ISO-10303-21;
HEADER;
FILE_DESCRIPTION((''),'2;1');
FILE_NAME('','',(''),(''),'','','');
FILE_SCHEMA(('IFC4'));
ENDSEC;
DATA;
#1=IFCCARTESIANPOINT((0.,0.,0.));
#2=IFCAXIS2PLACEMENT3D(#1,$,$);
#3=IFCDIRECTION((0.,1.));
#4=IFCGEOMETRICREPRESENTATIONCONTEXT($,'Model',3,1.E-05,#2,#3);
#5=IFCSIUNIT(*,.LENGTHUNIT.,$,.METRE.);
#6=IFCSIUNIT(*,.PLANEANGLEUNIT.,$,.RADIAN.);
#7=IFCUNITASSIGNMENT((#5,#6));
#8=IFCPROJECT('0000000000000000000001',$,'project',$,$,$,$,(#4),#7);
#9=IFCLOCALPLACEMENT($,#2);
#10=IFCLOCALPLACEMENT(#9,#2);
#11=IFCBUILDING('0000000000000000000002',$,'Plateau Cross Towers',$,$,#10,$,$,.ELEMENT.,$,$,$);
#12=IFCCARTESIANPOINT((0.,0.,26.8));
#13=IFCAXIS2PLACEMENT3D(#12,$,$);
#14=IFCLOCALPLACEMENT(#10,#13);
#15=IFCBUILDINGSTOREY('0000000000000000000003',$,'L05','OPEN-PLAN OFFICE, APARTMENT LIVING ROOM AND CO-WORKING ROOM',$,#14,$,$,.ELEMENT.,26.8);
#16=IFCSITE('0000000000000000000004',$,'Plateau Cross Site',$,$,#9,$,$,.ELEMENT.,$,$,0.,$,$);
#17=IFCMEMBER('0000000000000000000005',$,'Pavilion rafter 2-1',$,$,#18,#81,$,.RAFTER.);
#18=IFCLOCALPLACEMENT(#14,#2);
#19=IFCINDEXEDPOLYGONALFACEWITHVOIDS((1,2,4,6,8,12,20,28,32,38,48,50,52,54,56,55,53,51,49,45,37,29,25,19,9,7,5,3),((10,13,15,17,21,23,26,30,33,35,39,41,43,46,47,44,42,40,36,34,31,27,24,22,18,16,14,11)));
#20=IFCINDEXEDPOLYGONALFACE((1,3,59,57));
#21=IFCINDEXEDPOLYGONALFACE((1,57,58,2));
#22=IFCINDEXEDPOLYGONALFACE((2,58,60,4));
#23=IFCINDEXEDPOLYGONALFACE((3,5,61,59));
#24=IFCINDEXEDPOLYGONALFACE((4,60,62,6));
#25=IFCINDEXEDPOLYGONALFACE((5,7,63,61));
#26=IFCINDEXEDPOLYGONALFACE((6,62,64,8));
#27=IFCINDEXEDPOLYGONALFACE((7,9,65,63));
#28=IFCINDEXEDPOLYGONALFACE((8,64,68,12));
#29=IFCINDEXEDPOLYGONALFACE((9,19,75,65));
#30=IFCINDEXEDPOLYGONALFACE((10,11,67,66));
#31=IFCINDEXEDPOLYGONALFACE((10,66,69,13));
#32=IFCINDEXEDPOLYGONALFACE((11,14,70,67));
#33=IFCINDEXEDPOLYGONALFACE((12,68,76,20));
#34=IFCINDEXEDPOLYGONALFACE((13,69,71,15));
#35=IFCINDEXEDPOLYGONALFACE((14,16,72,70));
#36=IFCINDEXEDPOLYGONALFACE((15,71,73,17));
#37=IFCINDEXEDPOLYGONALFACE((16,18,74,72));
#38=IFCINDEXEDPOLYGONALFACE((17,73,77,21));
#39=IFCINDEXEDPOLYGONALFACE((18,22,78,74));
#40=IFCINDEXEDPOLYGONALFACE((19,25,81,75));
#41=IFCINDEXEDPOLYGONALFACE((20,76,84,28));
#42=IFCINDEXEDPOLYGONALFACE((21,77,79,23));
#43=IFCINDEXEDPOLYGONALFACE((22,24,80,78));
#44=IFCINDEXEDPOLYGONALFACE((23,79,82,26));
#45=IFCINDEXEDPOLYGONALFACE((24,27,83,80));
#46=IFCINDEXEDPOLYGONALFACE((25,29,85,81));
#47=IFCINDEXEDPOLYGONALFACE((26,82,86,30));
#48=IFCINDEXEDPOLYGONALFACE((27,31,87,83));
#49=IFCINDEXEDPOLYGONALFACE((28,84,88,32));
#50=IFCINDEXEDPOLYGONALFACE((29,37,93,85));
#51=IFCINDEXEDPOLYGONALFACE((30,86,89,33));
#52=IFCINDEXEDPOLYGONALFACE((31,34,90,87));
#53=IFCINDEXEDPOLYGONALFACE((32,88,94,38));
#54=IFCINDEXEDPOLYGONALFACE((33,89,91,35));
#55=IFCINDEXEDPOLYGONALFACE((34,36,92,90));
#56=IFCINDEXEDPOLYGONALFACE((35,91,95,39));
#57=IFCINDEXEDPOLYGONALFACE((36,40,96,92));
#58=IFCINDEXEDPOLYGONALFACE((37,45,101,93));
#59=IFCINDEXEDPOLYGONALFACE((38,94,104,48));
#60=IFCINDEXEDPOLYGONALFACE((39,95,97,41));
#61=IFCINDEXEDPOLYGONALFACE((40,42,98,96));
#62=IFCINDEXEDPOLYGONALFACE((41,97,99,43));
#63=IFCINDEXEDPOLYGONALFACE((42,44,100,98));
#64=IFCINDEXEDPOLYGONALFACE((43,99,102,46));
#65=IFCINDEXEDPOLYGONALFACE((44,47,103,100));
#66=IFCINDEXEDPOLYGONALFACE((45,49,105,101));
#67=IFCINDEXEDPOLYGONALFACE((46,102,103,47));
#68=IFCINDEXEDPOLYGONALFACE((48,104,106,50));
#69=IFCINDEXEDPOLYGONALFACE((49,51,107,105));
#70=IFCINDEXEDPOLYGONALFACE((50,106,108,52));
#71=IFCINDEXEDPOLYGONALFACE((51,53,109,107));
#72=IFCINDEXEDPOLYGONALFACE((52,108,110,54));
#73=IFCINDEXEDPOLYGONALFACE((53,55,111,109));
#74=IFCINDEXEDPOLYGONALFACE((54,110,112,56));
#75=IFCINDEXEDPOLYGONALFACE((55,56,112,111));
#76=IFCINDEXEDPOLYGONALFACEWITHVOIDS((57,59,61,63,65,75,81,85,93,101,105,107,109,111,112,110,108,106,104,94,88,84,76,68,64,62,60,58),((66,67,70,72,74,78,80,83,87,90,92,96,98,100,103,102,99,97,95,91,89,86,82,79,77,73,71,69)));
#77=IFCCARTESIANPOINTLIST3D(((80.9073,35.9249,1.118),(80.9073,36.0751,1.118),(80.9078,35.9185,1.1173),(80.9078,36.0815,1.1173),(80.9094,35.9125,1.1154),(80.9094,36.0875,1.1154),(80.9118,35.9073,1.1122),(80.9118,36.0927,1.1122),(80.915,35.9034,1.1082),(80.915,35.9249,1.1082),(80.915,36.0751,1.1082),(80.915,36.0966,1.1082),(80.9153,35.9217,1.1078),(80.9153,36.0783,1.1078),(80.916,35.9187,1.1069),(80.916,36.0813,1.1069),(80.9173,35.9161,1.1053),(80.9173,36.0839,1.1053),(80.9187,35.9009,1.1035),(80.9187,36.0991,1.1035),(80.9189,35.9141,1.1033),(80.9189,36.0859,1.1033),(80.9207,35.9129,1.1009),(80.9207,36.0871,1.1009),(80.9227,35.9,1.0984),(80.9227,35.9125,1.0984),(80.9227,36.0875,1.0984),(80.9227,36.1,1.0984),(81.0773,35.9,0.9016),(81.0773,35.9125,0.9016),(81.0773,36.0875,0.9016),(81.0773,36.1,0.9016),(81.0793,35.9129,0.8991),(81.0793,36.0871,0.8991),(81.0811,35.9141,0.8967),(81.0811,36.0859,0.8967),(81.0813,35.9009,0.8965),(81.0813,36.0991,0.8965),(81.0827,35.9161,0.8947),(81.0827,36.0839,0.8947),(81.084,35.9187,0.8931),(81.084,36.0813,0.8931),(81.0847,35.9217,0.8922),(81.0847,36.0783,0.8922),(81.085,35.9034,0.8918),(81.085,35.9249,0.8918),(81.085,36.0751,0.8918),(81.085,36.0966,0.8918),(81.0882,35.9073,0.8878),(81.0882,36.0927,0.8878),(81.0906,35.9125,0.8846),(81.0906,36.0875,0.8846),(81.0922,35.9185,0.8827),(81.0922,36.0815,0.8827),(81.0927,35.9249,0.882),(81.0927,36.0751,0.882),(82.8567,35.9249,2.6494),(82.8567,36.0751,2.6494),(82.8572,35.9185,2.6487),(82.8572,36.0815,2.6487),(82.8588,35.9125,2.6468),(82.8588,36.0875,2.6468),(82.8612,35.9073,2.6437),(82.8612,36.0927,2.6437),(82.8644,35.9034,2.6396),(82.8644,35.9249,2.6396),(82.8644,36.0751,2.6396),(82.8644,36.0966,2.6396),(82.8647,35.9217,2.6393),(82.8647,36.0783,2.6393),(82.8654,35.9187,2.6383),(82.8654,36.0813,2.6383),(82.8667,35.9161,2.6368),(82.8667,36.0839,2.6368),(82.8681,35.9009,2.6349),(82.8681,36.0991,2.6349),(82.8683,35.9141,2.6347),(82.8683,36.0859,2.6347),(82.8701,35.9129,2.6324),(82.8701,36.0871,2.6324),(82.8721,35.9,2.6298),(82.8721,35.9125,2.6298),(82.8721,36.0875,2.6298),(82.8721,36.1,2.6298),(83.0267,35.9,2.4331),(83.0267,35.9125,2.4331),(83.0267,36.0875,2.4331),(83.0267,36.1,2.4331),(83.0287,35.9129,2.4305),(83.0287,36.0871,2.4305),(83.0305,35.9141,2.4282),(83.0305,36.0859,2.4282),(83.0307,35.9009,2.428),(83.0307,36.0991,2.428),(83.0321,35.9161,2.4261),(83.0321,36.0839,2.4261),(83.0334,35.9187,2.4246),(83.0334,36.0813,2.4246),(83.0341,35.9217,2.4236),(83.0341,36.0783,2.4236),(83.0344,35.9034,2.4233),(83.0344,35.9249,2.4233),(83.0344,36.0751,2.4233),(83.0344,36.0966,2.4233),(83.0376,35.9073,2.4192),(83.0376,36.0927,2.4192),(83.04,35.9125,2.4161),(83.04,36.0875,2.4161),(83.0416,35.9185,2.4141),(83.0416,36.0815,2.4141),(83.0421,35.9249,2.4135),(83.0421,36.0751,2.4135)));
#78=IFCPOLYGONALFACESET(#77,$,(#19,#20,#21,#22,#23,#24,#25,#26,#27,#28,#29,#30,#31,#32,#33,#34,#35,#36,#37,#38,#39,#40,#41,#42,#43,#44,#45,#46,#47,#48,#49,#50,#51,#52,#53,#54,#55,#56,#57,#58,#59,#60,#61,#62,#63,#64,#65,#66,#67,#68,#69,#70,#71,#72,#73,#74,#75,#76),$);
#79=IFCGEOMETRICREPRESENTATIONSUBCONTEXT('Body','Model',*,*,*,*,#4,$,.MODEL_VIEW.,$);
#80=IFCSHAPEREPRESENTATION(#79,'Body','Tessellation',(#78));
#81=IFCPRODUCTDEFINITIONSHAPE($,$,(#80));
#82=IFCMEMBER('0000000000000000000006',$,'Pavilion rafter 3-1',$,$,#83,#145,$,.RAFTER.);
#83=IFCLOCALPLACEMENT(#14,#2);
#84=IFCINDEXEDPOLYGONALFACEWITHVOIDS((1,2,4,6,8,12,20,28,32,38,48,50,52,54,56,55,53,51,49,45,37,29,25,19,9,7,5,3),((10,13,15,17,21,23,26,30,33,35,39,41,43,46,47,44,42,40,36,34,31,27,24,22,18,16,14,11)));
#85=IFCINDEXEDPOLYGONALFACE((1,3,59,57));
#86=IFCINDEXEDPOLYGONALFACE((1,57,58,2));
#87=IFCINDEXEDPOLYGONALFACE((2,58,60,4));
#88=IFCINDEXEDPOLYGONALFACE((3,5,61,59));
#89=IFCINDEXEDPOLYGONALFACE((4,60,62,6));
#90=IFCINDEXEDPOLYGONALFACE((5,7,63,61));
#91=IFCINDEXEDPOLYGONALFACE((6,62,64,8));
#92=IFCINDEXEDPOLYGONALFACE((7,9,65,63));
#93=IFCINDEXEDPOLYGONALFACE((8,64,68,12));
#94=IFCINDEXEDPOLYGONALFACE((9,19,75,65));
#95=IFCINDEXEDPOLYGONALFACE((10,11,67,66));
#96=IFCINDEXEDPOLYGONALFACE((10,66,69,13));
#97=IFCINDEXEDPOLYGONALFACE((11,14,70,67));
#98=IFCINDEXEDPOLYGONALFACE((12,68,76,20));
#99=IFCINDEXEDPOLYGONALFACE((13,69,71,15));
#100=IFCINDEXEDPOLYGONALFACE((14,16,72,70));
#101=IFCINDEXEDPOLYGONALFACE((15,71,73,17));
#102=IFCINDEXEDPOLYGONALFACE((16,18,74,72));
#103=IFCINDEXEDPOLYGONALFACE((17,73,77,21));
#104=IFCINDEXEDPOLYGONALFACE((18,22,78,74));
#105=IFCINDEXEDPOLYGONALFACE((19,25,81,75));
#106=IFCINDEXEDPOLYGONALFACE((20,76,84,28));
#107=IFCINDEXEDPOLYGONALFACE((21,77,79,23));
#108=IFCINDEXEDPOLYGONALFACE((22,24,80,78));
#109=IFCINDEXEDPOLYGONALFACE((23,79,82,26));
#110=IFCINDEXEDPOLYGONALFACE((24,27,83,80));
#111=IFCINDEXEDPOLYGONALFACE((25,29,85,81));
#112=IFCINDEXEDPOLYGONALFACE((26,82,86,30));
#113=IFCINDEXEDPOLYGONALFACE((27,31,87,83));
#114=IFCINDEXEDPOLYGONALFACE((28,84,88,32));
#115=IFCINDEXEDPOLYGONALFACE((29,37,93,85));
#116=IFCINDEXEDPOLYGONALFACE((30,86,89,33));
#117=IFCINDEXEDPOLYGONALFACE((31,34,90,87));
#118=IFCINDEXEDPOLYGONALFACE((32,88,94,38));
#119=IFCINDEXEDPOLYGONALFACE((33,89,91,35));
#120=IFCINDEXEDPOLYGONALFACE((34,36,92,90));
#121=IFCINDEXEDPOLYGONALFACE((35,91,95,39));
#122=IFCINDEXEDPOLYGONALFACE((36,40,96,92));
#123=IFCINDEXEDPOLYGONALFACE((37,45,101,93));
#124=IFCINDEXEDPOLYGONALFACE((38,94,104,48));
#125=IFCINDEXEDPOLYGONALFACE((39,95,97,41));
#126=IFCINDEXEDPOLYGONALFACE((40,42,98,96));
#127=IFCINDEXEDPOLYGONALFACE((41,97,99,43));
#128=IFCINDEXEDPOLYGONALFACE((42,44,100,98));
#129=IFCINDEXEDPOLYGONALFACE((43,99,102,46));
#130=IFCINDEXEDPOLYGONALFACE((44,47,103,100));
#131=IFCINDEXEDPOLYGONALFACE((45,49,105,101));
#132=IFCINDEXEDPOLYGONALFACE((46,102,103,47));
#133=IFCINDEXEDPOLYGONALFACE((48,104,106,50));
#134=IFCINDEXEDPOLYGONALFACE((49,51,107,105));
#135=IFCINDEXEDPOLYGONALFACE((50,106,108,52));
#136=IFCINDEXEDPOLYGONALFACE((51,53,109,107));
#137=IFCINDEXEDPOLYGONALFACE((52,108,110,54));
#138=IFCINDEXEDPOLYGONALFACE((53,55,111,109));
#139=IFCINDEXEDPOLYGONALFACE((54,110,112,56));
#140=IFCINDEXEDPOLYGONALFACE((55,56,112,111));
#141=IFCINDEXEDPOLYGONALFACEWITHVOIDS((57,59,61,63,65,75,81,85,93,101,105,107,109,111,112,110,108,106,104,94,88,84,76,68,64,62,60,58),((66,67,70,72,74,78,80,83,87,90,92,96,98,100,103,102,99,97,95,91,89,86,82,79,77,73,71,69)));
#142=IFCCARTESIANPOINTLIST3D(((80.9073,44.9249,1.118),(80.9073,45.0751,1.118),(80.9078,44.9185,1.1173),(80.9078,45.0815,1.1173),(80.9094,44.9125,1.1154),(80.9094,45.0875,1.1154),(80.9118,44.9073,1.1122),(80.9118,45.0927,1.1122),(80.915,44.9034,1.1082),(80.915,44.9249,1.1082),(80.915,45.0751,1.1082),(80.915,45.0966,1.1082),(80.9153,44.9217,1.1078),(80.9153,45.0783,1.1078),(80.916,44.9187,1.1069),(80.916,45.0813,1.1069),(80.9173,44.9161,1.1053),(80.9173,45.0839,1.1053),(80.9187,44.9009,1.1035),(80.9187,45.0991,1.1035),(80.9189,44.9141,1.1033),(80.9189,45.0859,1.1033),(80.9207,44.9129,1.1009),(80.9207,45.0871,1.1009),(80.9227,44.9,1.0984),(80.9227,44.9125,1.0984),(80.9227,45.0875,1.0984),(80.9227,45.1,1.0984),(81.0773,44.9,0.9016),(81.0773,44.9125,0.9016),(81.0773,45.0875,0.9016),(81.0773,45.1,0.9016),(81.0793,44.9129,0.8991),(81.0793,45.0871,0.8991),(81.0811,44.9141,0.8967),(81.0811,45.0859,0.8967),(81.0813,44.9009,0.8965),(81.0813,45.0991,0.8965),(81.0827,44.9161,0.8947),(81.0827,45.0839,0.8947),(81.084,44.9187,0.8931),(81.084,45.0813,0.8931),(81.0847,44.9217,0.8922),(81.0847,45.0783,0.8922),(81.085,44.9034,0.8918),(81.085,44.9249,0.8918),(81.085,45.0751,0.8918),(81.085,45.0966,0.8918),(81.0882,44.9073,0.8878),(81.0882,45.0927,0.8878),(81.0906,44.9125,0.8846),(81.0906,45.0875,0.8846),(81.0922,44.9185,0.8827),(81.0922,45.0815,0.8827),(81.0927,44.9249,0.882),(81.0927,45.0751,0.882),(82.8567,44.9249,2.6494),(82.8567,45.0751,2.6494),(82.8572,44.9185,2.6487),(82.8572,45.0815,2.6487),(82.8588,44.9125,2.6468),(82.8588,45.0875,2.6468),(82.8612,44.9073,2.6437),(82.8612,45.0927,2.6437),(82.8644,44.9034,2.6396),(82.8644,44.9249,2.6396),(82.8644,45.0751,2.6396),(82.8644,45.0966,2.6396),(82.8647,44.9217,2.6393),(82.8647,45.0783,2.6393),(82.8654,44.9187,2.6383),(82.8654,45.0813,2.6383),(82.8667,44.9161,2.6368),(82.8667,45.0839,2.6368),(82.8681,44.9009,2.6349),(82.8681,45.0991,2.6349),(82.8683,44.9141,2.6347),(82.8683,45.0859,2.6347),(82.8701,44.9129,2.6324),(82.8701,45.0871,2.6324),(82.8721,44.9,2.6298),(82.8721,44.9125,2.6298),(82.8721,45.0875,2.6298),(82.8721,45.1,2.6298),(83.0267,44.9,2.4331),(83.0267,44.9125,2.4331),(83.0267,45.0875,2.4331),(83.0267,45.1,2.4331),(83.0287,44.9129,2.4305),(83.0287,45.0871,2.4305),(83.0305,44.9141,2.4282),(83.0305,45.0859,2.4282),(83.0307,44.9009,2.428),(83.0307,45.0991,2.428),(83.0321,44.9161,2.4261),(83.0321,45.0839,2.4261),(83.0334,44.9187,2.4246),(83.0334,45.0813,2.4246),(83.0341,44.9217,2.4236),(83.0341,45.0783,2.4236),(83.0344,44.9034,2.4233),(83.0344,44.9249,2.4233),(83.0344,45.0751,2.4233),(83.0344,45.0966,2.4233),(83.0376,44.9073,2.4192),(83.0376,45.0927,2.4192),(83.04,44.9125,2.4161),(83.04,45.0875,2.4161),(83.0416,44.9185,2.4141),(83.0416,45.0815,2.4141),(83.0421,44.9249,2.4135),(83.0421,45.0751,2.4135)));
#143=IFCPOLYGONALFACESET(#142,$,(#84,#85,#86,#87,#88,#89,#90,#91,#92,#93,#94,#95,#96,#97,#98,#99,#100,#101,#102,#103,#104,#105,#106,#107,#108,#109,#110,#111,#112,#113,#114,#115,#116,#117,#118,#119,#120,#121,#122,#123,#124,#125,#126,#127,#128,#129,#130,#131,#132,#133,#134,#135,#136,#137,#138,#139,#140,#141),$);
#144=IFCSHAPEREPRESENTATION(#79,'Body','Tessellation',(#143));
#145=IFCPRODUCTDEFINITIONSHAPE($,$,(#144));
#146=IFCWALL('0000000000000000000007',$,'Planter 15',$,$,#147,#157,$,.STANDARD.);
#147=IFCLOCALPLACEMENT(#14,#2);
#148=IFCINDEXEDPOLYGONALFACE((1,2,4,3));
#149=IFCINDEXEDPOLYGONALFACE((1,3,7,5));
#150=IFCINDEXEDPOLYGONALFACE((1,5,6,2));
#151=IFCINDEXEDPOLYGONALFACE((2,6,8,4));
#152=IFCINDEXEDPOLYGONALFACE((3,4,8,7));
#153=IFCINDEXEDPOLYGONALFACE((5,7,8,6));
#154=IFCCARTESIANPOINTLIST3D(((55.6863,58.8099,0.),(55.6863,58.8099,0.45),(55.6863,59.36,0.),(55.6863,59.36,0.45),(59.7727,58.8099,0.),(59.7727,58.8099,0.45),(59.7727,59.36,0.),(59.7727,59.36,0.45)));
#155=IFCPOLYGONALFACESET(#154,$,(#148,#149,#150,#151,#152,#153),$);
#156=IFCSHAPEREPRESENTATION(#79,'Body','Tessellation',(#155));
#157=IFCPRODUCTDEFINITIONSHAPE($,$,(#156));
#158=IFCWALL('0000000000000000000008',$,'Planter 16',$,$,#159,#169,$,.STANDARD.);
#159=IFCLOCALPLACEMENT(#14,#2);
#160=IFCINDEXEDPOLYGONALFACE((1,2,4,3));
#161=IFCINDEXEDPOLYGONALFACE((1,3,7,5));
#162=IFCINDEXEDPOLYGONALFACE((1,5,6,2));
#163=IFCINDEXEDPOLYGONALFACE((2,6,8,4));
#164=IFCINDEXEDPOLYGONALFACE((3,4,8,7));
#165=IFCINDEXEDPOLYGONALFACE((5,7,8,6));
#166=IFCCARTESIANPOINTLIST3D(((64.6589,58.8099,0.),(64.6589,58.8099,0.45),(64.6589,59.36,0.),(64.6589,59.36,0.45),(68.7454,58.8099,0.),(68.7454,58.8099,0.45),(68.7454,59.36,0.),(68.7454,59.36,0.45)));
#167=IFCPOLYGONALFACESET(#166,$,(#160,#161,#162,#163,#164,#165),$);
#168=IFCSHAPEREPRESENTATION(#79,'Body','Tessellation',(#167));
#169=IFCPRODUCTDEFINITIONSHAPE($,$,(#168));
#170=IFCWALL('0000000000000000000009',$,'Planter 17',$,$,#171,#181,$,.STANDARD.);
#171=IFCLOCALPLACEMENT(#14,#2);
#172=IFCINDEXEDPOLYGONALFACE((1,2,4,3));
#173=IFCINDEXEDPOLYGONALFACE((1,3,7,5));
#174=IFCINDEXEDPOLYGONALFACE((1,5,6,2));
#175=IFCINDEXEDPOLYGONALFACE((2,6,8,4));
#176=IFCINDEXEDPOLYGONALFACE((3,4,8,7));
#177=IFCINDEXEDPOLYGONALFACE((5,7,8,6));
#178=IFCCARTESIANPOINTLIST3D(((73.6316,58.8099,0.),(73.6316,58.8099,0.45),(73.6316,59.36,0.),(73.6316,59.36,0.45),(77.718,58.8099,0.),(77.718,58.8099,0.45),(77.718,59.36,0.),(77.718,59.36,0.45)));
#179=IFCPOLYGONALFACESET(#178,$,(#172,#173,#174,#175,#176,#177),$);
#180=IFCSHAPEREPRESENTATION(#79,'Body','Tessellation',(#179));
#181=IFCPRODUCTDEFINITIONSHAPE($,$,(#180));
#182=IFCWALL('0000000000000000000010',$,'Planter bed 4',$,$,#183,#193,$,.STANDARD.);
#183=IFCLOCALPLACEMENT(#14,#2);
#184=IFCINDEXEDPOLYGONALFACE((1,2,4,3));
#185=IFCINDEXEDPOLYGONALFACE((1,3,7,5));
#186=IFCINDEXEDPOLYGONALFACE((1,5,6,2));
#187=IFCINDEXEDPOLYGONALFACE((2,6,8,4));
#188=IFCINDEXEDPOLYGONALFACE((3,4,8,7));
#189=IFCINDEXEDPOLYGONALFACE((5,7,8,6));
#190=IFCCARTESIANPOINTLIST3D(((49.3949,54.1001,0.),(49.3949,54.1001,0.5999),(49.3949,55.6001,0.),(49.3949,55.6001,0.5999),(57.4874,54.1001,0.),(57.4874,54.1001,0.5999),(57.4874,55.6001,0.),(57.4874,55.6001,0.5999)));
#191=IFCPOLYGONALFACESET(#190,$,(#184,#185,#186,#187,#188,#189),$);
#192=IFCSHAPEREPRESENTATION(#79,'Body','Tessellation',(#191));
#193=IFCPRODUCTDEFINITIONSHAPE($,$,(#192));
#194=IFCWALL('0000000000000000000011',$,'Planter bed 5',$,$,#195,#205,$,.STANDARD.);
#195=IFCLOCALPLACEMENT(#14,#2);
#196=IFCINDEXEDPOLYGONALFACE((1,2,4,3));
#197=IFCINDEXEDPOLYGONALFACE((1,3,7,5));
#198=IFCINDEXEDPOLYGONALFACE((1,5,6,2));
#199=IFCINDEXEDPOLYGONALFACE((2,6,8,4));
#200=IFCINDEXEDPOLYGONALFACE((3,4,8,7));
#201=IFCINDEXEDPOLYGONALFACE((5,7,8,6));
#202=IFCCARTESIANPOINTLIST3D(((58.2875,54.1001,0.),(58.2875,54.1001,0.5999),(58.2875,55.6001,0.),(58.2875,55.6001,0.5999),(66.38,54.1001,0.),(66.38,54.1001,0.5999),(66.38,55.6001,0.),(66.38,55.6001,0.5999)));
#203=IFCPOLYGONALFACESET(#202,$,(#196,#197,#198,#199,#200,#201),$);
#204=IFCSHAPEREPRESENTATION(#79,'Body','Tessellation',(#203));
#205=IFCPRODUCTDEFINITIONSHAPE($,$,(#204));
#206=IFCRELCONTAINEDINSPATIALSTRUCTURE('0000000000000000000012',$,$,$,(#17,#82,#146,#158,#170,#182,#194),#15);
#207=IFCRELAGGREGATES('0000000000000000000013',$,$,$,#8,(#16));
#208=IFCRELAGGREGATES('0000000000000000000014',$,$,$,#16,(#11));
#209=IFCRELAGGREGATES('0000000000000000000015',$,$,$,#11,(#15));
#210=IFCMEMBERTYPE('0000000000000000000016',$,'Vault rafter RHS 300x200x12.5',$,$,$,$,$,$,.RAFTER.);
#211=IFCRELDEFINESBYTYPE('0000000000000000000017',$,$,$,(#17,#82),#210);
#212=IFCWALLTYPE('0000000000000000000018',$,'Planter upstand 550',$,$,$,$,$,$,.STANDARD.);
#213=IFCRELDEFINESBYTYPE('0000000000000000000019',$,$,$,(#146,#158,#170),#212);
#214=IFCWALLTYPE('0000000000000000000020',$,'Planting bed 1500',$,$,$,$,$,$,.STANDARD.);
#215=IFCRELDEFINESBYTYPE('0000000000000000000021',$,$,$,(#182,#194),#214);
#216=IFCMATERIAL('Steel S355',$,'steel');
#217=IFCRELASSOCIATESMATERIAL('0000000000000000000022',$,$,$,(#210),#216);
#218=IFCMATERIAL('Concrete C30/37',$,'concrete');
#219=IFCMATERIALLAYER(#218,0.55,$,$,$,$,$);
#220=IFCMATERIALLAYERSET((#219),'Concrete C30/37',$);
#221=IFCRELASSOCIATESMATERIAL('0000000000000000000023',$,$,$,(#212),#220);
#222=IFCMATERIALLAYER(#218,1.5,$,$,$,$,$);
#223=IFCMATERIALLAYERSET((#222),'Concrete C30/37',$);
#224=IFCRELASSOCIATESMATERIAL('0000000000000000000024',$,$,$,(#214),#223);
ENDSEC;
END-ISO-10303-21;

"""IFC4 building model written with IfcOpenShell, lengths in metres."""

from ifc_helpers import new_model, si_unit, direction, frame, frame_2d, origin, origin_2d, place, context, subcontext, project, spatial, rectangle, hollow_rectangle, extrude, material, layer, layer_set, material_profile, profile_set, type_object, element, save


model = new_model("IFC4")

# Units and contexts
model_context = context("Model", 3, precision=1e-05, world=origin(), true_north=direction((0.0, 1.0)))
body_context = subcontext(model_context, "Body", "Model", "MODEL_VIEW")
ifc_project = project(units=[si_unit("LENGTHUNIT", "METRE"), si_unit("PLANEANGLEUNIT", "RADIAN")], contexts=[model_context])

# Site, building, storey
site_placement = place(None, origin())
site = spatial("IfcSite", under=ifc_project, at=site_placement, Name="Plateau Cross Site", CompositionType="ELEMENT", RefElevation=0.0)
building_placement = place(site_placement, origin())
building = spatial("IfcBuilding", under=site, at=building_placement, Name="Plateau Cross Towers", CompositionType="ELEMENT")
storey_placement = place(building_placement, frame((0.0, 0.0, 26.8)))
storey = spatial("IfcBuildingStorey", under=building, at=storey_placement, Name="L05", Description="OPEN-PLAN OFFICE, APARTMENT LIVING ROOM AND CO-WORKING ROOM", CompositionType="ELEMENT", Elevation=26.8)

# Shared definitions
ifc_material_1 = material(Name="Steel S355", Category="steel")

# Members
ifc_material_profile_1 = material_profile(ifc_material_1, hollow_rectangle(XDim=0.2, YDim=0.3, WallThickness=0.0125, InnerFilletRadius=0.0125, OuterFilletRadius=0.0249, at=origin_2d()), Name="RHS 300x200x12.5")
ifc_profile_set_1 = profile_set([ifc_material_profile_1], Name="Steel S355")
member_type = type_object("IfcMemberType", Name="Vault rafter RHS 300x200x12.5", PredefinedType="RAFTER", material=ifc_profile_set_1)
for number, where, z_axis, x_axis, name in (
    (1, (81.0, 36.0, 1.0), (0.786363, 0.0, 0.617765), (0.0, 1.0, 0.0), "Pavilion rafter 2-1"),
    (2, (81.0, 45.0, 1.0), (0.786363, 0.0, 0.617765), (0.0, 1.0, 0.0), "Pavilion rafter 3-1"),
):
    element("IfcMember", number, at=place(storey_placement, frame(where, z_axis=z_axis, x_axis=x_axis)), inside=storey, type_object=member_type, Name=name, PredefinedType="RAFTER", context=body_context, shape_type="SweptSolid", body=[
        extrude(hollow_rectangle(XDim=0.2, YDim=0.3, WallThickness=0.0125, InnerFilletRadius=0.0125, OuterFilletRadius=0.0249, at=origin_2d()), origin(), (0.0, 0.0, 1.0), 2.479),
    ])

# Walls
ifc_material_2 = material(Name="Concrete C30/37", Category="concrete")
ifc_layer_1 = layer(ifc_material_2, 0.55)
ifc_layer_set_1 = layer_set([ifc_layer_1], Name="Concrete C30/37")
wall_type_1 = type_object("IfcWallType", Name="Planter upstand 550", PredefinedType="STANDARD", material=ifc_layer_set_1)
for number, where, z_axis, x_axis, name in (
    (3, (55.6863, 59.085, 0.0), (0.0, 0.0, 1.0), (1.0, 0.0, 0.0), "Planter 15"),
    (4, (64.6589, 59.085, 0.0), (0.0, 0.0, 1.0), (1.0, 0.0, 0.0), "Planter 16"),
    (5, (73.6316, 59.085, 0.0), (0.0, 0.0, 1.0), (1.0, 0.0, 0.0), "Planter 17"),
):
    element("IfcWall", number, at=place(storey_placement, frame(where, z_axis=z_axis, x_axis=x_axis)), inside=storey, type_object=wall_type_1, Name=name, PredefinedType="STANDARD", context=body_context, shape_type="SweptSolid", body=[
        extrude(rectangle(XDim=4.0864, YDim=0.55, at=frame_2d((2.0432, 0.0))), origin(), (0.0, 0.0, 1.0), 0.45),
    ])
ifc_layer_2 = layer(ifc_material_2, 1.5)
ifc_layer_set_2 = layer_set([ifc_layer_2], Name="Concrete C30/37")
wall_type_2 = type_object("IfcWallType", Name="Planting bed 1500", PredefinedType="STANDARD", material=ifc_layer_set_2)
for number, where, z_axis, x_axis, name in (
    (6, (49.3948, 54.8501, 0.0), (0.0, 0.0, 1.0), (1.0, 0.0, 0.0), "Planter bed 4"),
    (7, (58.2874, 54.8501, 0.0), (0.0, 0.0, 1.0), (1.0, 0.0, 0.0), "Planter bed 5"),
):
    element("IfcWall", number, at=place(storey_placement, frame(where, z_axis=z_axis, x_axis=x_axis)), inside=storey, type_object=wall_type_2, Name=name, PredefinedType="STANDARD", context=body_context, shape_type="SweptSolid", body=[
        extrude(rectangle(XDim=8.0925, YDim=1.5, at=frame_2d((4.0464, 0.0))), origin(), (0.0, 0.0, 1.0), 0.5999),
    ])

save(model, "model.ifc")
